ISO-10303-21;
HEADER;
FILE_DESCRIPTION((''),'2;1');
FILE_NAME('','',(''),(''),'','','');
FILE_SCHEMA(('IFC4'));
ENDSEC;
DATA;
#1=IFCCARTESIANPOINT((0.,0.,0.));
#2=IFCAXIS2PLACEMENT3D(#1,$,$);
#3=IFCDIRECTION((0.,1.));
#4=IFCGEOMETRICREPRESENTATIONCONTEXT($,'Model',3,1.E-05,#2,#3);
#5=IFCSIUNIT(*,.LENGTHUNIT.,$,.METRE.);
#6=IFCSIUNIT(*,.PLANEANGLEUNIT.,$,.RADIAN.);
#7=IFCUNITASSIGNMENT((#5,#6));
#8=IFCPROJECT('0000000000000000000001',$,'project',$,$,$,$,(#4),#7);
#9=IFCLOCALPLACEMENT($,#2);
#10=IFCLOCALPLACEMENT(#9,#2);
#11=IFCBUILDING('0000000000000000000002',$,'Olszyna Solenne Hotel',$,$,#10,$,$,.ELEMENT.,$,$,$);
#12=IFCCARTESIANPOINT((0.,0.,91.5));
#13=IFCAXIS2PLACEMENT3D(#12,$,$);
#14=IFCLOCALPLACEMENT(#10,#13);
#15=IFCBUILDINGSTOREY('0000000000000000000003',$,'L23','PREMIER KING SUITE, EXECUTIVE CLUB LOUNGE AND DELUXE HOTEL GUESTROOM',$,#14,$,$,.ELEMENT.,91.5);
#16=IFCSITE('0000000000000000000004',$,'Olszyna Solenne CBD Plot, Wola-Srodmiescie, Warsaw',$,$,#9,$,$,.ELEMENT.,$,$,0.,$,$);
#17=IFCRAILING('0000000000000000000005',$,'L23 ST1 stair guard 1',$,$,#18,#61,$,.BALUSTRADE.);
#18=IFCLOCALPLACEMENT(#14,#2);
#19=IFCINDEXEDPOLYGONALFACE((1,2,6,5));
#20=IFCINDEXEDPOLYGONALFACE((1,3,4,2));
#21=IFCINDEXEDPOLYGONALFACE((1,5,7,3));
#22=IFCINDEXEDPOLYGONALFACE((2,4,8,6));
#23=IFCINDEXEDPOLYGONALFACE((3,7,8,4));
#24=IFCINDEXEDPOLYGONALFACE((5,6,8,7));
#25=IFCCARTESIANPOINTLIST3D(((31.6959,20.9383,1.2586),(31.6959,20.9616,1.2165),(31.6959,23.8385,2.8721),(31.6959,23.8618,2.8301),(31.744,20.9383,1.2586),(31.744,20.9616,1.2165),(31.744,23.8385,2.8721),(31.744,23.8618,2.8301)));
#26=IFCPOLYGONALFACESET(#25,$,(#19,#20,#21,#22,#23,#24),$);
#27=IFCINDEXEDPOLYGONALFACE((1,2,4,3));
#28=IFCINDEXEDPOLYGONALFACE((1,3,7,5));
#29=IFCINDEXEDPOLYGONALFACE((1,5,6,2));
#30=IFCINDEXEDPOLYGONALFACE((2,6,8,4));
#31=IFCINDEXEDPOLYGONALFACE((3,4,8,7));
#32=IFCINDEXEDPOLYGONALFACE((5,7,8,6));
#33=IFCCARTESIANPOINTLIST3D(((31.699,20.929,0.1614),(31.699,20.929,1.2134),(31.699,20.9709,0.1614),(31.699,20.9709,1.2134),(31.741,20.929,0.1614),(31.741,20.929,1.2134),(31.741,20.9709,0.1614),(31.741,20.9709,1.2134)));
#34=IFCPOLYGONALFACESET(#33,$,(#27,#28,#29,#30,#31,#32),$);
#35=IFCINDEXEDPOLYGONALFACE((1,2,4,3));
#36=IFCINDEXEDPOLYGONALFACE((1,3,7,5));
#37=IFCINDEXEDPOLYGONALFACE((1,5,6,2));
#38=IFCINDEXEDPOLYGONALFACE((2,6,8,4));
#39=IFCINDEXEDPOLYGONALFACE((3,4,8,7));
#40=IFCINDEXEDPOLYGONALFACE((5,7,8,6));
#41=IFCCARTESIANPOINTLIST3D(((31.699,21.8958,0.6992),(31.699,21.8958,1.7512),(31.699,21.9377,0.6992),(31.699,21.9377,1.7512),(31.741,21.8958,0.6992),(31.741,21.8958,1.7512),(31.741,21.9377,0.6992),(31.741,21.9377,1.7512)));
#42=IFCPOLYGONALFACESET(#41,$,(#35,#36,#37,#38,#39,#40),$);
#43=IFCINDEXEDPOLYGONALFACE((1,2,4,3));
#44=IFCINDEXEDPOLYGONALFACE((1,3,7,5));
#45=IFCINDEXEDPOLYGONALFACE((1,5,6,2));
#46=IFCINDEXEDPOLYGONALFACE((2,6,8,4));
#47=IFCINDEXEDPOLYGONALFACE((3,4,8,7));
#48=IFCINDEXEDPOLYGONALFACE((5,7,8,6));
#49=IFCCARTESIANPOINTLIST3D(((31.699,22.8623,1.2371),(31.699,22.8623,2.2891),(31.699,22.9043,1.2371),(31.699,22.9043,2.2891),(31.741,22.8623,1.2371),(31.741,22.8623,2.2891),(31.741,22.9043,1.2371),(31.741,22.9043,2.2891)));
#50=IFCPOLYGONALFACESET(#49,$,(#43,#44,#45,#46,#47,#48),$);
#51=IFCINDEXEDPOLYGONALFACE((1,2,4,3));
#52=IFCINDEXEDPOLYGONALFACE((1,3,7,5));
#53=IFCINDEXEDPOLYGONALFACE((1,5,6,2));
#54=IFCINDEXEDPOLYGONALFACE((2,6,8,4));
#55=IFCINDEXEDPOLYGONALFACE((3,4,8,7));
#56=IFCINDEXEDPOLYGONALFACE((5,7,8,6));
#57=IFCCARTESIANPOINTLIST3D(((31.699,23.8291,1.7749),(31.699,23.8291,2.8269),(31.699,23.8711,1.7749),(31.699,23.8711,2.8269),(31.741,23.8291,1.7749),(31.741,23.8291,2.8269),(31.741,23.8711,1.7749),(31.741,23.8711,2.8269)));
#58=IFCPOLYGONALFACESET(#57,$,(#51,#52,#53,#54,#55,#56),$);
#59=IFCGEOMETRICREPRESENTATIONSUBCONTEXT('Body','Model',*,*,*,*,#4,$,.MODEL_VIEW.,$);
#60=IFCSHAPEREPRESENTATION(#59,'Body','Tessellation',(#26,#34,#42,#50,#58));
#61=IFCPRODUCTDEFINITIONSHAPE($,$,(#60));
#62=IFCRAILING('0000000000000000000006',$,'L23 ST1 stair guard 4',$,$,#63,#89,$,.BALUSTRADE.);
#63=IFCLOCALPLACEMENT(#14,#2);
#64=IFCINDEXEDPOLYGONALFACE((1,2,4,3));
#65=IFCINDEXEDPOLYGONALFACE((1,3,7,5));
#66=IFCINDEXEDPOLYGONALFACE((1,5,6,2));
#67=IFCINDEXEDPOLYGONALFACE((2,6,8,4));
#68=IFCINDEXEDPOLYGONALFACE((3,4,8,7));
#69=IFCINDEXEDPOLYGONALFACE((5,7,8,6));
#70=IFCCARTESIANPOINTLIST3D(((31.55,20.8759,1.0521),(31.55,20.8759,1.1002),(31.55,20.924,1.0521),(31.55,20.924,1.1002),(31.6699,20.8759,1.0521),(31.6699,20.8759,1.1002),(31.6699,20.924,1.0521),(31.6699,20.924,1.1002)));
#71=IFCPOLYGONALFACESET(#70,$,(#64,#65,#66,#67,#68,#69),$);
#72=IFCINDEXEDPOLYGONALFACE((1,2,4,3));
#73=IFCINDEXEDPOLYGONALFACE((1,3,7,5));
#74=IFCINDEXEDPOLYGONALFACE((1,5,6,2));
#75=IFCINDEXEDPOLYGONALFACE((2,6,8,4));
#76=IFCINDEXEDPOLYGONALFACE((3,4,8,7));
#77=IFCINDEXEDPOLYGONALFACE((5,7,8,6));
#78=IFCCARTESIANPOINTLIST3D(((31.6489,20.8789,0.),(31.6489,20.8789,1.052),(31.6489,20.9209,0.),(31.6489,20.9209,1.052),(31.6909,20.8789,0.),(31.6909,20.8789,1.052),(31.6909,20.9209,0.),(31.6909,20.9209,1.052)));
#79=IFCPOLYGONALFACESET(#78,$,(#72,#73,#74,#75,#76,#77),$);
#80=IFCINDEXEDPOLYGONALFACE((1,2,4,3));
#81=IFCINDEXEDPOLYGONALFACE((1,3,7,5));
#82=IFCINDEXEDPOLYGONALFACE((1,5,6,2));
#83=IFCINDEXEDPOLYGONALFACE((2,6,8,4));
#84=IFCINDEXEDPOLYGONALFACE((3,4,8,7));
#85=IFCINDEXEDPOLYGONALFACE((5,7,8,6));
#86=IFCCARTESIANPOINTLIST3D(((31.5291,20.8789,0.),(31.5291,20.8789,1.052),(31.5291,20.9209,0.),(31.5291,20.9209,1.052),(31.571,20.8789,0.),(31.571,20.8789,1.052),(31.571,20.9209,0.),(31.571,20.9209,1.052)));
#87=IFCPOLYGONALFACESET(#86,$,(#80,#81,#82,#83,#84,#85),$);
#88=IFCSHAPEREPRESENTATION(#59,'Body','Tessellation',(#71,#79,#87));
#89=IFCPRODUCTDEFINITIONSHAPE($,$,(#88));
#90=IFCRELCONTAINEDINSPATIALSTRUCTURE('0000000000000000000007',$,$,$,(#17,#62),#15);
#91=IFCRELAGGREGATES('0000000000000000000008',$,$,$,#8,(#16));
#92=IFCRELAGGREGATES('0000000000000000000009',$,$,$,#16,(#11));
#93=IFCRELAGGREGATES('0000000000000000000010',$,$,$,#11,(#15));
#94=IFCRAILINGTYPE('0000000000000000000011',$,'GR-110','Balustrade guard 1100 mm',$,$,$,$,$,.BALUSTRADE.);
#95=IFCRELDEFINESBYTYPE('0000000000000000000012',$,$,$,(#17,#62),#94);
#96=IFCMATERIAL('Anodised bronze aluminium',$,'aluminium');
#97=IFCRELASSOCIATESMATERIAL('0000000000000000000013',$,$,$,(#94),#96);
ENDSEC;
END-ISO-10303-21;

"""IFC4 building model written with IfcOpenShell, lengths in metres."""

from ifc_helpers import new_model, si_unit, direction, frame, origin, origin_2d, place, context, subcontext, project, spatial, rectangle, extrude, material, type_object, element, save


model = new_model("IFC4")

# Units and contexts
model_context = context("Model", 3, precision=1e-05, world=origin(), true_north=direction((0.0, 1.0)))
body_context = subcontext(model_context, "Body", "Model", "MODEL_VIEW")
ifc_project = project(units=[si_unit("LENGTHUNIT", "METRE"), si_unit("PLANEANGLEUNIT", "RADIAN")], contexts=[model_context])

# Site, building, storey
site_placement = place(None, origin())
site = spatial("IfcSite", under=ifc_project, at=site_placement, Name="Olszyna Solenne CBD Plot, Wola-Srodmiescie, Warsaw", CompositionType="ELEMENT", RefElevation=0.0)
building_placement = place(site_placement, origin())
building = spatial("IfcBuilding", under=site, at=building_placement, Name="Olszyna Solenne Hotel", CompositionType="ELEMENT")
storey_placement = place(building_placement, frame((0.0, 0.0, 91.5)))
storey = spatial("IfcBuildingStorey", under=building, at=storey_placement, Name="L23", Description="PREMIER KING SUITE, EXECUTIVE CLUB LOUNGE AND DELUXE HOTEL GUESTROOM", CompositionType="ELEMENT", Elevation=91.5)

# Railings
ifc_material_1 = material(Name="Anodised bronze aluminium", Category="aluminium")
railing_type = type_object("IfcRailingType", Name="GR-110", Description="Balustrade guard 1100 mm", PredefinedType="BALUSTRADE", material=ifc_material_1)
railing_1_placement = place(storey_placement, frame((31.72, 20.95, 0.1614)))
element("IfcRailing", 1, at=railing_1_placement, inside=storey, type_object=railing_type, Name="L23 ST1 stair guard 1", PredefinedType="BALUSTRADE", context=body_context, shape_type="SweptSolid", body=[
    extrude(rectangle(XDim=0.0481, YDim=0.0481, at=origin_2d()), frame((0.0, 0.0, 1.0762), z_axis=(0.0, 0.873859, 0.48618), x_axis=(-1.0, 0.0, 0.0)), (0.0, 0.0, 1.0), 3.3188),
    extrude(rectangle(XDim=0.042, YDim=0.042, at=origin_2d()), origin(), (0.0, 0.0, 1.0), 1.052),
    extrude(rectangle(XDim=0.042, YDim=0.042, at=origin_2d()), frame((0.0, 0.9668, 0.5378)), (0.0, 0.0, 1.0), 1.052),
    extrude(rectangle(XDim=0.042, YDim=0.042, at=origin_2d()), frame((0.0, 1.9333, 1.0757)), (0.0, 0.0, 1.0), 1.052),
    extrude(rectangle(XDim=0.042, YDim=0.042, at=origin_2d()), frame((0.0, 2.9001, 1.6135)), (0.0, 0.0, 1.0), 1.052),
])
railing_2_placement = place(storey_placement, frame((31.6699, 20.8999, 0.0)))
element("IfcRailing", 2, at=railing_2_placement, inside=storey, type_object=railing_type, Name="L23 ST1 stair guard 4", PredefinedType="BALUSTRADE", context=body_context, shape_type="SweptSolid", body=[
    extrude(rectangle(XDim=0.0481, YDim=0.0481, at=origin_2d()), frame((0.0, 0.0, 1.0762), z_axis=(-1.0, 0.0, 0.0), x_axis=(0.0, -1.0, 0.0)), (0.0, 0.0, 1.0), 0.1199),
    extrude(rectangle(XDim=0.042, YDim=0.042, at=origin_2d()), origin(), (0.0, 0.0, 1.0), 1.052),
    extrude(rectangle(XDim=0.042, YDim=0.042, at=origin_2d()), frame((-0.1199, 0.0, 0.0)), (0.0, 0.0, 1.0), 1.052),
])

save(model, "model.ifc")
